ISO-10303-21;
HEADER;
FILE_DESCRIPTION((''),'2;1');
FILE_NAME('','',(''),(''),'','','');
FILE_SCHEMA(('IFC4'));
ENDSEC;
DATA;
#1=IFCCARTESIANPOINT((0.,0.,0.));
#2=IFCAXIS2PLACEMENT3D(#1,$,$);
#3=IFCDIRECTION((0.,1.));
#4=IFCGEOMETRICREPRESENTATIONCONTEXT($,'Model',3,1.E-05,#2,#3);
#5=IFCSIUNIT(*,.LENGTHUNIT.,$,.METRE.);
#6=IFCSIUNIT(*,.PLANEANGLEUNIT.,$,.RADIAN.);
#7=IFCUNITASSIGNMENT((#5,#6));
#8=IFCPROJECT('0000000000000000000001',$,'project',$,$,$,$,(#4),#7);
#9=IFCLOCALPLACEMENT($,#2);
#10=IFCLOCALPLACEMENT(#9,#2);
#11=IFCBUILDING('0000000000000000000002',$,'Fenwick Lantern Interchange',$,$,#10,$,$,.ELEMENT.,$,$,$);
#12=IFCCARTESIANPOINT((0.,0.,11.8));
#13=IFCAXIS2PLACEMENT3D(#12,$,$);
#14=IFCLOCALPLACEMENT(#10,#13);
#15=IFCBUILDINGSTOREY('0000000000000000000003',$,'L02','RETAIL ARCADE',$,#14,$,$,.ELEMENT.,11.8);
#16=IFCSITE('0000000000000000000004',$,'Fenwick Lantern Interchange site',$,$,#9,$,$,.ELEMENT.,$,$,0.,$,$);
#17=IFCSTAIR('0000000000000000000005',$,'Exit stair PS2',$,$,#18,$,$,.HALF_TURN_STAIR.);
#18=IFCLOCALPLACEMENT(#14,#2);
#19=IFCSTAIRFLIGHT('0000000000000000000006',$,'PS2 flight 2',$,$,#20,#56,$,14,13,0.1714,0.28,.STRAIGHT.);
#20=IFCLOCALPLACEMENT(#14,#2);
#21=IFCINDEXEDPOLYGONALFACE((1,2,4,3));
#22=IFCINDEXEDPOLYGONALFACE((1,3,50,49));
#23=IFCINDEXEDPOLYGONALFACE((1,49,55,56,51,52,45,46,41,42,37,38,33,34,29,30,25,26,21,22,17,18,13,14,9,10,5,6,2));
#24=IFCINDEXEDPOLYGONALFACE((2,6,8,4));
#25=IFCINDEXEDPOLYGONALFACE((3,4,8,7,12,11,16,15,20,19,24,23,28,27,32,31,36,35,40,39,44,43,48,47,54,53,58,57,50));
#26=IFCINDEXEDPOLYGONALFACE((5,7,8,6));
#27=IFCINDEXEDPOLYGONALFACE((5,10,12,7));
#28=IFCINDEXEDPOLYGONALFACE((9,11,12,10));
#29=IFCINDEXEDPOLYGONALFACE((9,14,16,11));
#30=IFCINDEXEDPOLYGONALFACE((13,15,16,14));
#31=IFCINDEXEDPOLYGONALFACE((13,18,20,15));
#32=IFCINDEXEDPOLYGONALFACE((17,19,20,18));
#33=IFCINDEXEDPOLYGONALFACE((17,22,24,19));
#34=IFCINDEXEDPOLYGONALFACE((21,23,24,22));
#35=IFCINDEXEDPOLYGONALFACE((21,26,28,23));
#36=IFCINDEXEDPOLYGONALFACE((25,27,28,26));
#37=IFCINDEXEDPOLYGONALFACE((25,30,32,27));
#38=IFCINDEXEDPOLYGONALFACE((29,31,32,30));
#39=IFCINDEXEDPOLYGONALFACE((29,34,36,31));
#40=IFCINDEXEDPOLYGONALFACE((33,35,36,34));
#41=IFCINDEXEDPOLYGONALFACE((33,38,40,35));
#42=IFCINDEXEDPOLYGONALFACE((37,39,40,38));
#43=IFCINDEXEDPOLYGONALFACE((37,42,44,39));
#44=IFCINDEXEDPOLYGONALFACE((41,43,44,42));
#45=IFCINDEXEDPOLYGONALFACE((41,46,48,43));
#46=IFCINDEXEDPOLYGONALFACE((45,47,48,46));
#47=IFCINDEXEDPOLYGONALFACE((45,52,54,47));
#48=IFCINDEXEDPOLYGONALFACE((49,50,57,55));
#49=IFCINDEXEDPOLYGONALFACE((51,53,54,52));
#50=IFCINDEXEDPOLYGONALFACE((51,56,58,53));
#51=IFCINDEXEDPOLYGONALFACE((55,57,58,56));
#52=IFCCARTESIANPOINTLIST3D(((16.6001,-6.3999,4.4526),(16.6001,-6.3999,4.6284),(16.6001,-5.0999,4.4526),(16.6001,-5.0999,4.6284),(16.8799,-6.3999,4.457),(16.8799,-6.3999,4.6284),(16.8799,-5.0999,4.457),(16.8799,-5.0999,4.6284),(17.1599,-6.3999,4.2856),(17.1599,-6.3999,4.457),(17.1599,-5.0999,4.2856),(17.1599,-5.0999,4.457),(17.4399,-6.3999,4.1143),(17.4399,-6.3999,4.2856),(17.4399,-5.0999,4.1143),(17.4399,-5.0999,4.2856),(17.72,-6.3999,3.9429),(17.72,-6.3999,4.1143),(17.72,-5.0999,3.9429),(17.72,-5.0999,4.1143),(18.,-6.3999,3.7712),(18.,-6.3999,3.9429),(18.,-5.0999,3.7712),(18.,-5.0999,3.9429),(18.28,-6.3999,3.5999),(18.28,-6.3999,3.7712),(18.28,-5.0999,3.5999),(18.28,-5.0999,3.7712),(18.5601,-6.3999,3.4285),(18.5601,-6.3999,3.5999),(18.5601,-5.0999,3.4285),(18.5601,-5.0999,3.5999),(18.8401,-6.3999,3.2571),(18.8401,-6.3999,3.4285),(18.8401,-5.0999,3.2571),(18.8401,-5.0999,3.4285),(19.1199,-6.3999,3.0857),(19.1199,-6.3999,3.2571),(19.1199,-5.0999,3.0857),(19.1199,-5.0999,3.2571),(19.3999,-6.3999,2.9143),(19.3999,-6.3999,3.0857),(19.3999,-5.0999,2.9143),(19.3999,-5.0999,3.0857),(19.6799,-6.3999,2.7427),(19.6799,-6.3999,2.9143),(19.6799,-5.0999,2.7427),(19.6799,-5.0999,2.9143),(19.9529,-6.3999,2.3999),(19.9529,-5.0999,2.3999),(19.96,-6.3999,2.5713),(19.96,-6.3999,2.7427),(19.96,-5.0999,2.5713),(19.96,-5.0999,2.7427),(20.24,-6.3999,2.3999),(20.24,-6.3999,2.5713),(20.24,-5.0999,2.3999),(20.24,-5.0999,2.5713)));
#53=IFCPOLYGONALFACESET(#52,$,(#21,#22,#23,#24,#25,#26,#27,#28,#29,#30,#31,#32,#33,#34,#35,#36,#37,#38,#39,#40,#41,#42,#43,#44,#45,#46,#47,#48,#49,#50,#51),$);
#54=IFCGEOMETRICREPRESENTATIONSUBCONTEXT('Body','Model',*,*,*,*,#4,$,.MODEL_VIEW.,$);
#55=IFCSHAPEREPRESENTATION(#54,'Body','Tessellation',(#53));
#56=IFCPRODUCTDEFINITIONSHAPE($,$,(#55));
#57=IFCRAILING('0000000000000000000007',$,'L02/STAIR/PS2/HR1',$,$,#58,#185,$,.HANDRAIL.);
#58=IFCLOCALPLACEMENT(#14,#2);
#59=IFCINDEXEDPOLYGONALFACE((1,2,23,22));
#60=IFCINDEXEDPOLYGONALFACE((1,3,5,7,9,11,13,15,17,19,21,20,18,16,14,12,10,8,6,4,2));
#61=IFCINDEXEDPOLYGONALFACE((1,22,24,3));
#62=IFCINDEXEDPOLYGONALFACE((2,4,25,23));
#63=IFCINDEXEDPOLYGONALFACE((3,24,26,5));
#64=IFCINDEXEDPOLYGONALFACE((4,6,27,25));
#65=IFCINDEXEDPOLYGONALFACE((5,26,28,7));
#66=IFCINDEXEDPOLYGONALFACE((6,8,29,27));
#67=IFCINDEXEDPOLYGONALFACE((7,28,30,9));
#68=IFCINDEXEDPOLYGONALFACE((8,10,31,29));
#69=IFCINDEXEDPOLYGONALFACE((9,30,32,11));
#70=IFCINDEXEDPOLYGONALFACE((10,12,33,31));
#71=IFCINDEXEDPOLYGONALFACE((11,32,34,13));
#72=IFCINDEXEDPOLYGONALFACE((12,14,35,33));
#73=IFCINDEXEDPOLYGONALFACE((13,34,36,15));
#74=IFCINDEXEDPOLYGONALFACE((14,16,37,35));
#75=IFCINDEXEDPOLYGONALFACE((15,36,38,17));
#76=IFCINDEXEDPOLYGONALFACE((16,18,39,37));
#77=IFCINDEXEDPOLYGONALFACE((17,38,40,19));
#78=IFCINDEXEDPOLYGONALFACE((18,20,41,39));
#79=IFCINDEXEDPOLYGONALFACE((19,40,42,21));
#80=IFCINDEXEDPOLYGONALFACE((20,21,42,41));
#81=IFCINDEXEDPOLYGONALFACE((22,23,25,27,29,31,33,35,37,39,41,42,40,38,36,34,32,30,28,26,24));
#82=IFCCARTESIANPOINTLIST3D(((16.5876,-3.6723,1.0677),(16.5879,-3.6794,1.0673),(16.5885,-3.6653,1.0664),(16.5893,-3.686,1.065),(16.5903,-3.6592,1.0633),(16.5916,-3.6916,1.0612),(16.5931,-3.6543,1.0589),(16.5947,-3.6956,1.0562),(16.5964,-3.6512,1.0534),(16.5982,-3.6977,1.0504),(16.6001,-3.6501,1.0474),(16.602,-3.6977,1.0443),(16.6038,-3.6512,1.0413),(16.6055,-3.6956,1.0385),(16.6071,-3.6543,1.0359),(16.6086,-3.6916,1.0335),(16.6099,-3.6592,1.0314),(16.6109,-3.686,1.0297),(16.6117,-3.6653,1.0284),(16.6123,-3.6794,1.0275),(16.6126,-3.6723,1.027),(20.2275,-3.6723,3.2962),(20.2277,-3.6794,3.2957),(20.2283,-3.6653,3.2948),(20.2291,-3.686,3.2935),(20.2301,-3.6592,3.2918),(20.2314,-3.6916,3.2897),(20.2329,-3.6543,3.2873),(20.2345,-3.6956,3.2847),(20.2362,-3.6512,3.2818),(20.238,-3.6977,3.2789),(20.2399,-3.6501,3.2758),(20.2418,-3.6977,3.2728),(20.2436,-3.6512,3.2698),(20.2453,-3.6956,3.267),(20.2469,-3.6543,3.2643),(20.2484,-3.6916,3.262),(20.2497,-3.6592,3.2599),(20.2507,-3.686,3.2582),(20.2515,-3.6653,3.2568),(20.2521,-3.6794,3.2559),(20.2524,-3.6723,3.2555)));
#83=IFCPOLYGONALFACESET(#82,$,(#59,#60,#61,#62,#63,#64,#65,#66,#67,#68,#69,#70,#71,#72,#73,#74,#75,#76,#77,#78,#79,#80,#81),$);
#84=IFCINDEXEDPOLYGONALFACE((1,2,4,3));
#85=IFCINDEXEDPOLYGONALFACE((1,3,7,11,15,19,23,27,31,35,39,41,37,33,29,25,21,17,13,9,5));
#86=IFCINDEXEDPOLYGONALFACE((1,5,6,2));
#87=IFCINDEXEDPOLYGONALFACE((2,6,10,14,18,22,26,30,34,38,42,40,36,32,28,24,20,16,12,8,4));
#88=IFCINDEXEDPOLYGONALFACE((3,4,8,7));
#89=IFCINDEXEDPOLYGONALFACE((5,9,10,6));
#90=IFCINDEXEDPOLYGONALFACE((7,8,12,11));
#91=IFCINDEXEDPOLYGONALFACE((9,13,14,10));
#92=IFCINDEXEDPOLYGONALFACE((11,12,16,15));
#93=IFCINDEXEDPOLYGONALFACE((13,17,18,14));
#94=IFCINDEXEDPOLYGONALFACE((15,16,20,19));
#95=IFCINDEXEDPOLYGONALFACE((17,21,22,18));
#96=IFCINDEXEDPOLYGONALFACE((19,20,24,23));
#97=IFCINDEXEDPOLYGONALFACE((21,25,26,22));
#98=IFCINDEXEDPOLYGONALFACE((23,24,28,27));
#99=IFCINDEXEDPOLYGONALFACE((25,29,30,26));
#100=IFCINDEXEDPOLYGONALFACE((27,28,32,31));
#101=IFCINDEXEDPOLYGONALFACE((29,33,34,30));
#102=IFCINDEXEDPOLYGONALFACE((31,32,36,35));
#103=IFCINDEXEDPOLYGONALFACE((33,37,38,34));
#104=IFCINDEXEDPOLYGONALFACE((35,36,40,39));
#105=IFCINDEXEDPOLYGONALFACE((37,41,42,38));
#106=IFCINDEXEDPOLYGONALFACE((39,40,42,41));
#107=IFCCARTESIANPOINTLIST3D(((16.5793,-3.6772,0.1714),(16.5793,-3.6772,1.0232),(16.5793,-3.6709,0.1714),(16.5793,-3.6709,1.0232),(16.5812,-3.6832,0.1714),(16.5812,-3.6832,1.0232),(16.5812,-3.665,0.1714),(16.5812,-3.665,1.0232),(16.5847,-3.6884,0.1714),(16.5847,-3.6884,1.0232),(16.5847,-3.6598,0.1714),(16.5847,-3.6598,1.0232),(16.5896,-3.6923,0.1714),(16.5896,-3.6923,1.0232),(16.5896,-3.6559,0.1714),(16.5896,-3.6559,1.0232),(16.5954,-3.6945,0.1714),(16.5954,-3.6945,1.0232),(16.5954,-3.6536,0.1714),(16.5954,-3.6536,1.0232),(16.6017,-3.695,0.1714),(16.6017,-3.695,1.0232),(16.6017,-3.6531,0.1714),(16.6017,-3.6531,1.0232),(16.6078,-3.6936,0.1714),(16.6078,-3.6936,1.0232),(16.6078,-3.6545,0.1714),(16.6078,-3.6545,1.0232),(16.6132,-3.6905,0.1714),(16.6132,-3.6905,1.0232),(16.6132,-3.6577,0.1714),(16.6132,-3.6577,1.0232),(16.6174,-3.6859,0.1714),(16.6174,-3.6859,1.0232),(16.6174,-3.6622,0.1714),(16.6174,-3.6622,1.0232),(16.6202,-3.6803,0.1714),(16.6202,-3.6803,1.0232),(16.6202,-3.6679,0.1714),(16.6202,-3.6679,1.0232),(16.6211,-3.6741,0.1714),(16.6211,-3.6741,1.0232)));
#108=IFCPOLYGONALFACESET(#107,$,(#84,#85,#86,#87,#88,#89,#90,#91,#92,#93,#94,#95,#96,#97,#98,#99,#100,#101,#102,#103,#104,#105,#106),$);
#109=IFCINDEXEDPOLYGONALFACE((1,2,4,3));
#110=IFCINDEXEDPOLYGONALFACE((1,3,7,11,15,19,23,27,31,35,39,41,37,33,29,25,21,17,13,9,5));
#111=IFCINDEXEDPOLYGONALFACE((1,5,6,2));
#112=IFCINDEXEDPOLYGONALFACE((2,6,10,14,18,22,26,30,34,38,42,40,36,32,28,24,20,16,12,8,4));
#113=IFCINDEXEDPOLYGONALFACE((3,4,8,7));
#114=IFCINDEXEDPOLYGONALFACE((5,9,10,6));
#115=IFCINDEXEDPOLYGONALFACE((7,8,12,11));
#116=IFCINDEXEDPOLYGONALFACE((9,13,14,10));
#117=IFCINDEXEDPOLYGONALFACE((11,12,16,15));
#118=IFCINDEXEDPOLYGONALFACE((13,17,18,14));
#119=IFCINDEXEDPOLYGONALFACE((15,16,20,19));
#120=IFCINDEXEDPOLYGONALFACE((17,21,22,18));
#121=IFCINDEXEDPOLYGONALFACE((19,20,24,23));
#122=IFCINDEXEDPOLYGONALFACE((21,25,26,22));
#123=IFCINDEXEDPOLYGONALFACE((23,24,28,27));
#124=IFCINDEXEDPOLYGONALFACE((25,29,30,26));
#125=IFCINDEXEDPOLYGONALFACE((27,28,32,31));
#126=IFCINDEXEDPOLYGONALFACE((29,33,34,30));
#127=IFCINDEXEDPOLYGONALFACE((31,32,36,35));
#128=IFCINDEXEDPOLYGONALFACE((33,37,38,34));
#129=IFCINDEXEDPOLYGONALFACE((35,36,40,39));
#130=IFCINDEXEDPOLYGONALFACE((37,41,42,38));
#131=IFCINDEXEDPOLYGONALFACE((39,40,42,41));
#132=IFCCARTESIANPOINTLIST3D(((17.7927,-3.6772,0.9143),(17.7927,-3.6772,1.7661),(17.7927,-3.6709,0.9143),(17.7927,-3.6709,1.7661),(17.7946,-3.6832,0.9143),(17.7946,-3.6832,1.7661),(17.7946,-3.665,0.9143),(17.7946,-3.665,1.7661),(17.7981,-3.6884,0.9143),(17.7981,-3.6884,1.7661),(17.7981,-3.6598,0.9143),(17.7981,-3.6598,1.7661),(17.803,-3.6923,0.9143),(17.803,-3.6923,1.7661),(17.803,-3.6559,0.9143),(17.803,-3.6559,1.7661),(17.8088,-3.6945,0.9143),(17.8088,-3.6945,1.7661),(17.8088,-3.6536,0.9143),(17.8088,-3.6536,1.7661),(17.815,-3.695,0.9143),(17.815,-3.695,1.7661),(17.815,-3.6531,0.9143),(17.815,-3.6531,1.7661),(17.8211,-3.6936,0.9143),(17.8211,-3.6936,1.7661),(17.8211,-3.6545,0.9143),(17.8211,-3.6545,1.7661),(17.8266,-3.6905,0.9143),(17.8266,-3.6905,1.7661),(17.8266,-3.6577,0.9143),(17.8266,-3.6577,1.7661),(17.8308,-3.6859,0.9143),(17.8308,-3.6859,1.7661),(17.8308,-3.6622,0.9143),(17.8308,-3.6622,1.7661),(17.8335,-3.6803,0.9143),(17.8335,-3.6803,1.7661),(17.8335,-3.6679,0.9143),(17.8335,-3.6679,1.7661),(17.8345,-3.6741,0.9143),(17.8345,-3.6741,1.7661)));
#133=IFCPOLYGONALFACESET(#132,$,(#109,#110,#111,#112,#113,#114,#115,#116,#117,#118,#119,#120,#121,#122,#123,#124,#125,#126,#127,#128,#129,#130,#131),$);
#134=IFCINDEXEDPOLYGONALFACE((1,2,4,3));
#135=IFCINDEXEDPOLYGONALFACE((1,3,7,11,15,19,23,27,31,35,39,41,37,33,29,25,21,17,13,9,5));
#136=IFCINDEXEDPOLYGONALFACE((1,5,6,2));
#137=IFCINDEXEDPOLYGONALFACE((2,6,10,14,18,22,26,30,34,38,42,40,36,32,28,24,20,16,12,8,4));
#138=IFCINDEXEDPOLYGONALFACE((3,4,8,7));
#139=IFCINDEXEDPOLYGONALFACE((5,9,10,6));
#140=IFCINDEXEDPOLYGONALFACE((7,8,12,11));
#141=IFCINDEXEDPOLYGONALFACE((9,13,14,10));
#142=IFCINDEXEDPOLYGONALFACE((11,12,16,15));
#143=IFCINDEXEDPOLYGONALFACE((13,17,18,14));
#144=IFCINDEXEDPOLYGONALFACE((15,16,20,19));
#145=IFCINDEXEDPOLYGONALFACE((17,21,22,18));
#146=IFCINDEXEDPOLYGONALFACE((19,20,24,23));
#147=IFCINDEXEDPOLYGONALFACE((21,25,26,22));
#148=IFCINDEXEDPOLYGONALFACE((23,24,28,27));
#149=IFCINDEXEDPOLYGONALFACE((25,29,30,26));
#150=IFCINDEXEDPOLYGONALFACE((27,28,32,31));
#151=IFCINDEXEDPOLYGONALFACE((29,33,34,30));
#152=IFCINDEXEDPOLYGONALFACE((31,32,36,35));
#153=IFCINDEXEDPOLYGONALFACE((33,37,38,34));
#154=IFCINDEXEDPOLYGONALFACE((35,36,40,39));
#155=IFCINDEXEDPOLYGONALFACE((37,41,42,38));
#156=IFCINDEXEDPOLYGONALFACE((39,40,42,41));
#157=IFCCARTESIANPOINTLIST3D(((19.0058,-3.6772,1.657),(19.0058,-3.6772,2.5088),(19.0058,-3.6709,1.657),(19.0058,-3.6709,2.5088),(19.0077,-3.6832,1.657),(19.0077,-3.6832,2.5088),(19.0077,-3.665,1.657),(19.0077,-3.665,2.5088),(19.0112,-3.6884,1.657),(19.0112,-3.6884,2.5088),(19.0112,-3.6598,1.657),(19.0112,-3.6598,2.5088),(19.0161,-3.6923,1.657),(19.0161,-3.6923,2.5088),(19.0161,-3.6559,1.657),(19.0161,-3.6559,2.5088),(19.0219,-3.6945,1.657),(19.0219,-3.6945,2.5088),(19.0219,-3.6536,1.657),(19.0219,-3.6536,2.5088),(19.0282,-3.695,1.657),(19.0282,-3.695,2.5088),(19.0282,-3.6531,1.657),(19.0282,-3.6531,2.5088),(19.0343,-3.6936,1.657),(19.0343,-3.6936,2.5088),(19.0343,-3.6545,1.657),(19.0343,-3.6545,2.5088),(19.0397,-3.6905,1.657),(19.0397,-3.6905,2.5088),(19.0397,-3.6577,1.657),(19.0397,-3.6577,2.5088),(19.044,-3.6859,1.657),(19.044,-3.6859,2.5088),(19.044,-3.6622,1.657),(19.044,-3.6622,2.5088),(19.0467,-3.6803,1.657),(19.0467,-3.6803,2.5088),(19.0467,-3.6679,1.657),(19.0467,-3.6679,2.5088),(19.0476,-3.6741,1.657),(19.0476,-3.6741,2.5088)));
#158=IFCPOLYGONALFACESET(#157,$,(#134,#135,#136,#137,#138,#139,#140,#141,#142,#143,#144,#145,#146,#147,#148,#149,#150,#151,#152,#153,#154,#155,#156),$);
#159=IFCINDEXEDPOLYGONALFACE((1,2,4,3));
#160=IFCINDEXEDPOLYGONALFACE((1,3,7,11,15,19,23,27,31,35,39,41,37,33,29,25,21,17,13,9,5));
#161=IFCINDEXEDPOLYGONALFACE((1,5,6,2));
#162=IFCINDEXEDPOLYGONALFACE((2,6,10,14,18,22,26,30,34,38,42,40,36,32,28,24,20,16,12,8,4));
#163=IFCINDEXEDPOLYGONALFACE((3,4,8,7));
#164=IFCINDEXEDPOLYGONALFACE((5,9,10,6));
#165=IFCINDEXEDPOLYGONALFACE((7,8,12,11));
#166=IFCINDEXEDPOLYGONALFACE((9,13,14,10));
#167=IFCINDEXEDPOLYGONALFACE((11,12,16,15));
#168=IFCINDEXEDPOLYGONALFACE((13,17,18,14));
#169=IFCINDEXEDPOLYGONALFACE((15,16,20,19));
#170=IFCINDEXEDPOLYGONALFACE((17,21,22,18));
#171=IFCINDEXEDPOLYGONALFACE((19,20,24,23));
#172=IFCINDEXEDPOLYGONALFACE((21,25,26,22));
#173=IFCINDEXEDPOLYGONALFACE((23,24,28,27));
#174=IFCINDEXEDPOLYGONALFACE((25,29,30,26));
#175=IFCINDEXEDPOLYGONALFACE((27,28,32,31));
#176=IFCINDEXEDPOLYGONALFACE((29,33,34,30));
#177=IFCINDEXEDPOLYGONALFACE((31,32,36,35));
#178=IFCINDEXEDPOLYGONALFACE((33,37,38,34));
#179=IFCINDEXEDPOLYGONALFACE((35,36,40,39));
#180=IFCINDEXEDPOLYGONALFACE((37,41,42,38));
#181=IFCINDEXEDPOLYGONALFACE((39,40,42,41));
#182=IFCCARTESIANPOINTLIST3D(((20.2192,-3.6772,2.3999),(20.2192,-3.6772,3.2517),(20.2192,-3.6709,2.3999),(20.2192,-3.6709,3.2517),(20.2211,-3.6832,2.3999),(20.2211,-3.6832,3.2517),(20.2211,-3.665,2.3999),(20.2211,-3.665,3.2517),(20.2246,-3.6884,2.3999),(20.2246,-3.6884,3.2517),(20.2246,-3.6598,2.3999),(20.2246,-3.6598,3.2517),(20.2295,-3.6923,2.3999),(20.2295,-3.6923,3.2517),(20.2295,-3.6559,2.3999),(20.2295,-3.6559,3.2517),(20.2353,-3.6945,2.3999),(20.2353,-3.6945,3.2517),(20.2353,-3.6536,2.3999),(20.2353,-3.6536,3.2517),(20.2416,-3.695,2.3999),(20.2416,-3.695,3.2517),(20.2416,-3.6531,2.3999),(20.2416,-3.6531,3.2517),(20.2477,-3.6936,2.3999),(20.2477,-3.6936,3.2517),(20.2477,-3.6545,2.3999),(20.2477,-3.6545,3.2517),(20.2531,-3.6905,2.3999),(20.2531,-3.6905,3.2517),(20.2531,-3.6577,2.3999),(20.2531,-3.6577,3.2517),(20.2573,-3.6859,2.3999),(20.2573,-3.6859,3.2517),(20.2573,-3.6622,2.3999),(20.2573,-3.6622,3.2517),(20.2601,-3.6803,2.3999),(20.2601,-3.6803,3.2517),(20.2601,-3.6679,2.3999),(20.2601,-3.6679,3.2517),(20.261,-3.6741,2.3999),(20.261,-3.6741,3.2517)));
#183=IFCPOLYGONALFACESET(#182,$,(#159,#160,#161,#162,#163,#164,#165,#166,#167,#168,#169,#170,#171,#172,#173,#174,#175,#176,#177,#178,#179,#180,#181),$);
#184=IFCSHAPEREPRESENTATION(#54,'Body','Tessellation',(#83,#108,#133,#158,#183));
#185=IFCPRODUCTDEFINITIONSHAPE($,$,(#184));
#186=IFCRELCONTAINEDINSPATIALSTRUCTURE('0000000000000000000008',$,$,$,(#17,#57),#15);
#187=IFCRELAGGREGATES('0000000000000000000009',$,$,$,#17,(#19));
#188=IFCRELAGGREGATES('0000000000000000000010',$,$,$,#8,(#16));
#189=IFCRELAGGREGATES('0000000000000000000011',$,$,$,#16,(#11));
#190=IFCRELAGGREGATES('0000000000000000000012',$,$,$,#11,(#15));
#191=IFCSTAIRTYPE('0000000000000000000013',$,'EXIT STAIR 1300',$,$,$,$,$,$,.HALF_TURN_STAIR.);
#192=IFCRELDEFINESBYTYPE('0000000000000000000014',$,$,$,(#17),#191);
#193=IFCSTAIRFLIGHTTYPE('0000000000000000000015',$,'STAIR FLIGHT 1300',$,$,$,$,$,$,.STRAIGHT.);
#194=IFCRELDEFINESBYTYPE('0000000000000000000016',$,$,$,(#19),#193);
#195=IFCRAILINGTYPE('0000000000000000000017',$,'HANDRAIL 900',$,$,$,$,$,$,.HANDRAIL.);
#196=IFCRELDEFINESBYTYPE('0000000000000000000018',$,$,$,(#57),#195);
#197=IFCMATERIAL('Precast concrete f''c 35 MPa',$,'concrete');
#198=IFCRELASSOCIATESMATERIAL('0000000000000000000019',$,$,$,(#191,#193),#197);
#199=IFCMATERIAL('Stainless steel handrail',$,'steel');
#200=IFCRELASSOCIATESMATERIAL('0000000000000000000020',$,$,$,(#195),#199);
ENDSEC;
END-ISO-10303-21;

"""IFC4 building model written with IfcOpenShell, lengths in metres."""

from ifc_helpers import new_model, si_unit, direction, frame, origin, origin_2d, place, context, subcontext, project, spatial, polyline, circle, outline, extrude, material, type_object, element, aggregate, save


model = new_model("IFC4")

# Units and contexts
model_context = context("Model", 3, precision=1e-05, world=origin(), true_north=direction((0.0, 1.0)))
body_context = subcontext(model_context, "Body", "Model", "MODEL_VIEW")
ifc_project = project(units=[si_unit("LENGTHUNIT", "METRE"), si_unit("PLANEANGLEUNIT", "RADIAN")], contexts=[model_context])

# Site, building, storey
site_placement = place(None, origin())
site = spatial("IfcSite", under=ifc_project, at=site_placement, Name="Fenwick Lantern Interchange site", CompositionType="ELEMENT", RefElevation=0.0)
building_placement = place(site_placement, origin())
building = spatial("IfcBuilding", under=site, at=building_placement, Name="Fenwick Lantern Interchange", CompositionType="ELEMENT")
storey_placement = place(building_placement, frame((0.0, 0.0, 11.8)))
storey = spatial("IfcBuildingStorey", under=building, at=storey_placement, Name="L02", Description="RETAIL ARCADE", CompositionType="ELEMENT", Elevation=11.8)

# Stair, stair flight
ifc_material_1 = material(Name="Precast concrete f'c 35 MPa", Category="concrete")
stair_type = type_object("IfcStairType", Name="EXIT STAIR 1300", PredefinedType="HALF_TURN_STAIR", material=ifc_material_1)
stair_placement = place(storey_placement, origin())
stair = element("IfcStair", 1, at=stair_placement, inside=storey, type_object=stair_type, Name="Exit stair PS2", PredefinedType="HALF_TURN_STAIR")
stair_flight_type = type_object("IfcStairFlightType", Name="STAIR FLIGHT 1300", PredefinedType="STRAIGHT", material=ifc_material_1)
stair_flight_1_placement = place(storey_placement, frame((20.24, -5.75, 2.3999), z_axis=(0.0, 0.0, 1.0), x_axis=(-1.0, 0.0, 0.0)))
stair_flight_1 = element("IfcStairFlight", 2, at=stair_flight_1_placement, type_object=stair_flight_type, Name="PS2 flight 2", NumberOfRisers=14, NumberOfTreads=13, PredefinedType="STRAIGHT", RiserHeight=0.1714, TreadLength=0.28, context=body_context, shape_type="SweptSolid", body=[
    extrude(outline(polyline([(0.0, 0.0), (0.0, 0.1714), (0.28, 0.1714), (0.28, 0.3428), (0.5601, 0.3428), (0.5601, 0.5144), (0.8401, 0.5144), (0.8401, 0.6858), (1.1201, 0.6858), (1.1201, 0.8572), (1.3999, 0.8572), (1.3999, 1.0286), (1.6799, 1.0286), (1.6799, 1.2), (1.96, 1.2), (1.96, 1.3713), (2.24, 1.3713), (2.24, 1.543), (2.52, 1.543), (2.52, 1.7144), (2.8, 1.7144), (2.8, 1.8857), (3.0801, 1.8857), (3.0801, 2.0571), (3.3601, 2.0571), (3.3601, 2.2285), (3.6399, 2.2285), (3.6399, 2.3999), (3.6399, 2.0527), (0.2871, 0.0), (0.0, 0.0)])), frame((0.0, 0.6499, 0.0), z_axis=(0.0, -1.0, 0.0), x_axis=(1.0, 0.0, 0.0)), (0.0, 0.0, 1.0), 1.3),
])
aggregate(stair, [stair_flight_1])

# Railing
ifc_material_2 = material(Name="Stainless steel handrail", Category="steel")
railing_type = type_object("IfcRailingType", Name="HANDRAIL 900", PredefinedType="HANDRAIL", material=ifc_material_2)
railing_1_placement = place(storey_placement, frame((16.6001, -3.6741, 0.1714)))
element("IfcRailing", 3, at=railing_1_placement, inside=storey, type_object=railing_type, Name="L02/STAIR/PS2/HR1", PredefinedType="HANDRAIL", context=body_context, shape_type="SweptSolid", body=[
    extrude(circle(Radius=0.0239, at=origin_2d()), frame((0.0, 0.0, 0.876), z_axis=(0.85285, 0.0, 0.522156), x_axis=(0.0, 1.0, 0.0)), (0.0, 0.0, 1.0), 4.2678),
    extrude(circle(Radius=0.021, at=origin_2d()), origin(), (0.0, 0.0, 1.0), 0.8518),
    extrude(circle(Radius=0.021, at=origin_2d()), frame((1.2134, 0.0, 0.7429)), (0.0, 0.0, 1.0), 0.8518),
    extrude(circle(Radius=0.021, at=origin_2d()), frame((2.4265, 0.0, 1.4856)), (0.0, 0.0, 1.0), 0.8518),
    extrude(circle(Radius=0.021, at=origin_2d()), frame((3.6399, 0.0, 2.2285)), (0.0, 0.0, 1.0), 0.8518),
])

save(model, "model.ifc")
